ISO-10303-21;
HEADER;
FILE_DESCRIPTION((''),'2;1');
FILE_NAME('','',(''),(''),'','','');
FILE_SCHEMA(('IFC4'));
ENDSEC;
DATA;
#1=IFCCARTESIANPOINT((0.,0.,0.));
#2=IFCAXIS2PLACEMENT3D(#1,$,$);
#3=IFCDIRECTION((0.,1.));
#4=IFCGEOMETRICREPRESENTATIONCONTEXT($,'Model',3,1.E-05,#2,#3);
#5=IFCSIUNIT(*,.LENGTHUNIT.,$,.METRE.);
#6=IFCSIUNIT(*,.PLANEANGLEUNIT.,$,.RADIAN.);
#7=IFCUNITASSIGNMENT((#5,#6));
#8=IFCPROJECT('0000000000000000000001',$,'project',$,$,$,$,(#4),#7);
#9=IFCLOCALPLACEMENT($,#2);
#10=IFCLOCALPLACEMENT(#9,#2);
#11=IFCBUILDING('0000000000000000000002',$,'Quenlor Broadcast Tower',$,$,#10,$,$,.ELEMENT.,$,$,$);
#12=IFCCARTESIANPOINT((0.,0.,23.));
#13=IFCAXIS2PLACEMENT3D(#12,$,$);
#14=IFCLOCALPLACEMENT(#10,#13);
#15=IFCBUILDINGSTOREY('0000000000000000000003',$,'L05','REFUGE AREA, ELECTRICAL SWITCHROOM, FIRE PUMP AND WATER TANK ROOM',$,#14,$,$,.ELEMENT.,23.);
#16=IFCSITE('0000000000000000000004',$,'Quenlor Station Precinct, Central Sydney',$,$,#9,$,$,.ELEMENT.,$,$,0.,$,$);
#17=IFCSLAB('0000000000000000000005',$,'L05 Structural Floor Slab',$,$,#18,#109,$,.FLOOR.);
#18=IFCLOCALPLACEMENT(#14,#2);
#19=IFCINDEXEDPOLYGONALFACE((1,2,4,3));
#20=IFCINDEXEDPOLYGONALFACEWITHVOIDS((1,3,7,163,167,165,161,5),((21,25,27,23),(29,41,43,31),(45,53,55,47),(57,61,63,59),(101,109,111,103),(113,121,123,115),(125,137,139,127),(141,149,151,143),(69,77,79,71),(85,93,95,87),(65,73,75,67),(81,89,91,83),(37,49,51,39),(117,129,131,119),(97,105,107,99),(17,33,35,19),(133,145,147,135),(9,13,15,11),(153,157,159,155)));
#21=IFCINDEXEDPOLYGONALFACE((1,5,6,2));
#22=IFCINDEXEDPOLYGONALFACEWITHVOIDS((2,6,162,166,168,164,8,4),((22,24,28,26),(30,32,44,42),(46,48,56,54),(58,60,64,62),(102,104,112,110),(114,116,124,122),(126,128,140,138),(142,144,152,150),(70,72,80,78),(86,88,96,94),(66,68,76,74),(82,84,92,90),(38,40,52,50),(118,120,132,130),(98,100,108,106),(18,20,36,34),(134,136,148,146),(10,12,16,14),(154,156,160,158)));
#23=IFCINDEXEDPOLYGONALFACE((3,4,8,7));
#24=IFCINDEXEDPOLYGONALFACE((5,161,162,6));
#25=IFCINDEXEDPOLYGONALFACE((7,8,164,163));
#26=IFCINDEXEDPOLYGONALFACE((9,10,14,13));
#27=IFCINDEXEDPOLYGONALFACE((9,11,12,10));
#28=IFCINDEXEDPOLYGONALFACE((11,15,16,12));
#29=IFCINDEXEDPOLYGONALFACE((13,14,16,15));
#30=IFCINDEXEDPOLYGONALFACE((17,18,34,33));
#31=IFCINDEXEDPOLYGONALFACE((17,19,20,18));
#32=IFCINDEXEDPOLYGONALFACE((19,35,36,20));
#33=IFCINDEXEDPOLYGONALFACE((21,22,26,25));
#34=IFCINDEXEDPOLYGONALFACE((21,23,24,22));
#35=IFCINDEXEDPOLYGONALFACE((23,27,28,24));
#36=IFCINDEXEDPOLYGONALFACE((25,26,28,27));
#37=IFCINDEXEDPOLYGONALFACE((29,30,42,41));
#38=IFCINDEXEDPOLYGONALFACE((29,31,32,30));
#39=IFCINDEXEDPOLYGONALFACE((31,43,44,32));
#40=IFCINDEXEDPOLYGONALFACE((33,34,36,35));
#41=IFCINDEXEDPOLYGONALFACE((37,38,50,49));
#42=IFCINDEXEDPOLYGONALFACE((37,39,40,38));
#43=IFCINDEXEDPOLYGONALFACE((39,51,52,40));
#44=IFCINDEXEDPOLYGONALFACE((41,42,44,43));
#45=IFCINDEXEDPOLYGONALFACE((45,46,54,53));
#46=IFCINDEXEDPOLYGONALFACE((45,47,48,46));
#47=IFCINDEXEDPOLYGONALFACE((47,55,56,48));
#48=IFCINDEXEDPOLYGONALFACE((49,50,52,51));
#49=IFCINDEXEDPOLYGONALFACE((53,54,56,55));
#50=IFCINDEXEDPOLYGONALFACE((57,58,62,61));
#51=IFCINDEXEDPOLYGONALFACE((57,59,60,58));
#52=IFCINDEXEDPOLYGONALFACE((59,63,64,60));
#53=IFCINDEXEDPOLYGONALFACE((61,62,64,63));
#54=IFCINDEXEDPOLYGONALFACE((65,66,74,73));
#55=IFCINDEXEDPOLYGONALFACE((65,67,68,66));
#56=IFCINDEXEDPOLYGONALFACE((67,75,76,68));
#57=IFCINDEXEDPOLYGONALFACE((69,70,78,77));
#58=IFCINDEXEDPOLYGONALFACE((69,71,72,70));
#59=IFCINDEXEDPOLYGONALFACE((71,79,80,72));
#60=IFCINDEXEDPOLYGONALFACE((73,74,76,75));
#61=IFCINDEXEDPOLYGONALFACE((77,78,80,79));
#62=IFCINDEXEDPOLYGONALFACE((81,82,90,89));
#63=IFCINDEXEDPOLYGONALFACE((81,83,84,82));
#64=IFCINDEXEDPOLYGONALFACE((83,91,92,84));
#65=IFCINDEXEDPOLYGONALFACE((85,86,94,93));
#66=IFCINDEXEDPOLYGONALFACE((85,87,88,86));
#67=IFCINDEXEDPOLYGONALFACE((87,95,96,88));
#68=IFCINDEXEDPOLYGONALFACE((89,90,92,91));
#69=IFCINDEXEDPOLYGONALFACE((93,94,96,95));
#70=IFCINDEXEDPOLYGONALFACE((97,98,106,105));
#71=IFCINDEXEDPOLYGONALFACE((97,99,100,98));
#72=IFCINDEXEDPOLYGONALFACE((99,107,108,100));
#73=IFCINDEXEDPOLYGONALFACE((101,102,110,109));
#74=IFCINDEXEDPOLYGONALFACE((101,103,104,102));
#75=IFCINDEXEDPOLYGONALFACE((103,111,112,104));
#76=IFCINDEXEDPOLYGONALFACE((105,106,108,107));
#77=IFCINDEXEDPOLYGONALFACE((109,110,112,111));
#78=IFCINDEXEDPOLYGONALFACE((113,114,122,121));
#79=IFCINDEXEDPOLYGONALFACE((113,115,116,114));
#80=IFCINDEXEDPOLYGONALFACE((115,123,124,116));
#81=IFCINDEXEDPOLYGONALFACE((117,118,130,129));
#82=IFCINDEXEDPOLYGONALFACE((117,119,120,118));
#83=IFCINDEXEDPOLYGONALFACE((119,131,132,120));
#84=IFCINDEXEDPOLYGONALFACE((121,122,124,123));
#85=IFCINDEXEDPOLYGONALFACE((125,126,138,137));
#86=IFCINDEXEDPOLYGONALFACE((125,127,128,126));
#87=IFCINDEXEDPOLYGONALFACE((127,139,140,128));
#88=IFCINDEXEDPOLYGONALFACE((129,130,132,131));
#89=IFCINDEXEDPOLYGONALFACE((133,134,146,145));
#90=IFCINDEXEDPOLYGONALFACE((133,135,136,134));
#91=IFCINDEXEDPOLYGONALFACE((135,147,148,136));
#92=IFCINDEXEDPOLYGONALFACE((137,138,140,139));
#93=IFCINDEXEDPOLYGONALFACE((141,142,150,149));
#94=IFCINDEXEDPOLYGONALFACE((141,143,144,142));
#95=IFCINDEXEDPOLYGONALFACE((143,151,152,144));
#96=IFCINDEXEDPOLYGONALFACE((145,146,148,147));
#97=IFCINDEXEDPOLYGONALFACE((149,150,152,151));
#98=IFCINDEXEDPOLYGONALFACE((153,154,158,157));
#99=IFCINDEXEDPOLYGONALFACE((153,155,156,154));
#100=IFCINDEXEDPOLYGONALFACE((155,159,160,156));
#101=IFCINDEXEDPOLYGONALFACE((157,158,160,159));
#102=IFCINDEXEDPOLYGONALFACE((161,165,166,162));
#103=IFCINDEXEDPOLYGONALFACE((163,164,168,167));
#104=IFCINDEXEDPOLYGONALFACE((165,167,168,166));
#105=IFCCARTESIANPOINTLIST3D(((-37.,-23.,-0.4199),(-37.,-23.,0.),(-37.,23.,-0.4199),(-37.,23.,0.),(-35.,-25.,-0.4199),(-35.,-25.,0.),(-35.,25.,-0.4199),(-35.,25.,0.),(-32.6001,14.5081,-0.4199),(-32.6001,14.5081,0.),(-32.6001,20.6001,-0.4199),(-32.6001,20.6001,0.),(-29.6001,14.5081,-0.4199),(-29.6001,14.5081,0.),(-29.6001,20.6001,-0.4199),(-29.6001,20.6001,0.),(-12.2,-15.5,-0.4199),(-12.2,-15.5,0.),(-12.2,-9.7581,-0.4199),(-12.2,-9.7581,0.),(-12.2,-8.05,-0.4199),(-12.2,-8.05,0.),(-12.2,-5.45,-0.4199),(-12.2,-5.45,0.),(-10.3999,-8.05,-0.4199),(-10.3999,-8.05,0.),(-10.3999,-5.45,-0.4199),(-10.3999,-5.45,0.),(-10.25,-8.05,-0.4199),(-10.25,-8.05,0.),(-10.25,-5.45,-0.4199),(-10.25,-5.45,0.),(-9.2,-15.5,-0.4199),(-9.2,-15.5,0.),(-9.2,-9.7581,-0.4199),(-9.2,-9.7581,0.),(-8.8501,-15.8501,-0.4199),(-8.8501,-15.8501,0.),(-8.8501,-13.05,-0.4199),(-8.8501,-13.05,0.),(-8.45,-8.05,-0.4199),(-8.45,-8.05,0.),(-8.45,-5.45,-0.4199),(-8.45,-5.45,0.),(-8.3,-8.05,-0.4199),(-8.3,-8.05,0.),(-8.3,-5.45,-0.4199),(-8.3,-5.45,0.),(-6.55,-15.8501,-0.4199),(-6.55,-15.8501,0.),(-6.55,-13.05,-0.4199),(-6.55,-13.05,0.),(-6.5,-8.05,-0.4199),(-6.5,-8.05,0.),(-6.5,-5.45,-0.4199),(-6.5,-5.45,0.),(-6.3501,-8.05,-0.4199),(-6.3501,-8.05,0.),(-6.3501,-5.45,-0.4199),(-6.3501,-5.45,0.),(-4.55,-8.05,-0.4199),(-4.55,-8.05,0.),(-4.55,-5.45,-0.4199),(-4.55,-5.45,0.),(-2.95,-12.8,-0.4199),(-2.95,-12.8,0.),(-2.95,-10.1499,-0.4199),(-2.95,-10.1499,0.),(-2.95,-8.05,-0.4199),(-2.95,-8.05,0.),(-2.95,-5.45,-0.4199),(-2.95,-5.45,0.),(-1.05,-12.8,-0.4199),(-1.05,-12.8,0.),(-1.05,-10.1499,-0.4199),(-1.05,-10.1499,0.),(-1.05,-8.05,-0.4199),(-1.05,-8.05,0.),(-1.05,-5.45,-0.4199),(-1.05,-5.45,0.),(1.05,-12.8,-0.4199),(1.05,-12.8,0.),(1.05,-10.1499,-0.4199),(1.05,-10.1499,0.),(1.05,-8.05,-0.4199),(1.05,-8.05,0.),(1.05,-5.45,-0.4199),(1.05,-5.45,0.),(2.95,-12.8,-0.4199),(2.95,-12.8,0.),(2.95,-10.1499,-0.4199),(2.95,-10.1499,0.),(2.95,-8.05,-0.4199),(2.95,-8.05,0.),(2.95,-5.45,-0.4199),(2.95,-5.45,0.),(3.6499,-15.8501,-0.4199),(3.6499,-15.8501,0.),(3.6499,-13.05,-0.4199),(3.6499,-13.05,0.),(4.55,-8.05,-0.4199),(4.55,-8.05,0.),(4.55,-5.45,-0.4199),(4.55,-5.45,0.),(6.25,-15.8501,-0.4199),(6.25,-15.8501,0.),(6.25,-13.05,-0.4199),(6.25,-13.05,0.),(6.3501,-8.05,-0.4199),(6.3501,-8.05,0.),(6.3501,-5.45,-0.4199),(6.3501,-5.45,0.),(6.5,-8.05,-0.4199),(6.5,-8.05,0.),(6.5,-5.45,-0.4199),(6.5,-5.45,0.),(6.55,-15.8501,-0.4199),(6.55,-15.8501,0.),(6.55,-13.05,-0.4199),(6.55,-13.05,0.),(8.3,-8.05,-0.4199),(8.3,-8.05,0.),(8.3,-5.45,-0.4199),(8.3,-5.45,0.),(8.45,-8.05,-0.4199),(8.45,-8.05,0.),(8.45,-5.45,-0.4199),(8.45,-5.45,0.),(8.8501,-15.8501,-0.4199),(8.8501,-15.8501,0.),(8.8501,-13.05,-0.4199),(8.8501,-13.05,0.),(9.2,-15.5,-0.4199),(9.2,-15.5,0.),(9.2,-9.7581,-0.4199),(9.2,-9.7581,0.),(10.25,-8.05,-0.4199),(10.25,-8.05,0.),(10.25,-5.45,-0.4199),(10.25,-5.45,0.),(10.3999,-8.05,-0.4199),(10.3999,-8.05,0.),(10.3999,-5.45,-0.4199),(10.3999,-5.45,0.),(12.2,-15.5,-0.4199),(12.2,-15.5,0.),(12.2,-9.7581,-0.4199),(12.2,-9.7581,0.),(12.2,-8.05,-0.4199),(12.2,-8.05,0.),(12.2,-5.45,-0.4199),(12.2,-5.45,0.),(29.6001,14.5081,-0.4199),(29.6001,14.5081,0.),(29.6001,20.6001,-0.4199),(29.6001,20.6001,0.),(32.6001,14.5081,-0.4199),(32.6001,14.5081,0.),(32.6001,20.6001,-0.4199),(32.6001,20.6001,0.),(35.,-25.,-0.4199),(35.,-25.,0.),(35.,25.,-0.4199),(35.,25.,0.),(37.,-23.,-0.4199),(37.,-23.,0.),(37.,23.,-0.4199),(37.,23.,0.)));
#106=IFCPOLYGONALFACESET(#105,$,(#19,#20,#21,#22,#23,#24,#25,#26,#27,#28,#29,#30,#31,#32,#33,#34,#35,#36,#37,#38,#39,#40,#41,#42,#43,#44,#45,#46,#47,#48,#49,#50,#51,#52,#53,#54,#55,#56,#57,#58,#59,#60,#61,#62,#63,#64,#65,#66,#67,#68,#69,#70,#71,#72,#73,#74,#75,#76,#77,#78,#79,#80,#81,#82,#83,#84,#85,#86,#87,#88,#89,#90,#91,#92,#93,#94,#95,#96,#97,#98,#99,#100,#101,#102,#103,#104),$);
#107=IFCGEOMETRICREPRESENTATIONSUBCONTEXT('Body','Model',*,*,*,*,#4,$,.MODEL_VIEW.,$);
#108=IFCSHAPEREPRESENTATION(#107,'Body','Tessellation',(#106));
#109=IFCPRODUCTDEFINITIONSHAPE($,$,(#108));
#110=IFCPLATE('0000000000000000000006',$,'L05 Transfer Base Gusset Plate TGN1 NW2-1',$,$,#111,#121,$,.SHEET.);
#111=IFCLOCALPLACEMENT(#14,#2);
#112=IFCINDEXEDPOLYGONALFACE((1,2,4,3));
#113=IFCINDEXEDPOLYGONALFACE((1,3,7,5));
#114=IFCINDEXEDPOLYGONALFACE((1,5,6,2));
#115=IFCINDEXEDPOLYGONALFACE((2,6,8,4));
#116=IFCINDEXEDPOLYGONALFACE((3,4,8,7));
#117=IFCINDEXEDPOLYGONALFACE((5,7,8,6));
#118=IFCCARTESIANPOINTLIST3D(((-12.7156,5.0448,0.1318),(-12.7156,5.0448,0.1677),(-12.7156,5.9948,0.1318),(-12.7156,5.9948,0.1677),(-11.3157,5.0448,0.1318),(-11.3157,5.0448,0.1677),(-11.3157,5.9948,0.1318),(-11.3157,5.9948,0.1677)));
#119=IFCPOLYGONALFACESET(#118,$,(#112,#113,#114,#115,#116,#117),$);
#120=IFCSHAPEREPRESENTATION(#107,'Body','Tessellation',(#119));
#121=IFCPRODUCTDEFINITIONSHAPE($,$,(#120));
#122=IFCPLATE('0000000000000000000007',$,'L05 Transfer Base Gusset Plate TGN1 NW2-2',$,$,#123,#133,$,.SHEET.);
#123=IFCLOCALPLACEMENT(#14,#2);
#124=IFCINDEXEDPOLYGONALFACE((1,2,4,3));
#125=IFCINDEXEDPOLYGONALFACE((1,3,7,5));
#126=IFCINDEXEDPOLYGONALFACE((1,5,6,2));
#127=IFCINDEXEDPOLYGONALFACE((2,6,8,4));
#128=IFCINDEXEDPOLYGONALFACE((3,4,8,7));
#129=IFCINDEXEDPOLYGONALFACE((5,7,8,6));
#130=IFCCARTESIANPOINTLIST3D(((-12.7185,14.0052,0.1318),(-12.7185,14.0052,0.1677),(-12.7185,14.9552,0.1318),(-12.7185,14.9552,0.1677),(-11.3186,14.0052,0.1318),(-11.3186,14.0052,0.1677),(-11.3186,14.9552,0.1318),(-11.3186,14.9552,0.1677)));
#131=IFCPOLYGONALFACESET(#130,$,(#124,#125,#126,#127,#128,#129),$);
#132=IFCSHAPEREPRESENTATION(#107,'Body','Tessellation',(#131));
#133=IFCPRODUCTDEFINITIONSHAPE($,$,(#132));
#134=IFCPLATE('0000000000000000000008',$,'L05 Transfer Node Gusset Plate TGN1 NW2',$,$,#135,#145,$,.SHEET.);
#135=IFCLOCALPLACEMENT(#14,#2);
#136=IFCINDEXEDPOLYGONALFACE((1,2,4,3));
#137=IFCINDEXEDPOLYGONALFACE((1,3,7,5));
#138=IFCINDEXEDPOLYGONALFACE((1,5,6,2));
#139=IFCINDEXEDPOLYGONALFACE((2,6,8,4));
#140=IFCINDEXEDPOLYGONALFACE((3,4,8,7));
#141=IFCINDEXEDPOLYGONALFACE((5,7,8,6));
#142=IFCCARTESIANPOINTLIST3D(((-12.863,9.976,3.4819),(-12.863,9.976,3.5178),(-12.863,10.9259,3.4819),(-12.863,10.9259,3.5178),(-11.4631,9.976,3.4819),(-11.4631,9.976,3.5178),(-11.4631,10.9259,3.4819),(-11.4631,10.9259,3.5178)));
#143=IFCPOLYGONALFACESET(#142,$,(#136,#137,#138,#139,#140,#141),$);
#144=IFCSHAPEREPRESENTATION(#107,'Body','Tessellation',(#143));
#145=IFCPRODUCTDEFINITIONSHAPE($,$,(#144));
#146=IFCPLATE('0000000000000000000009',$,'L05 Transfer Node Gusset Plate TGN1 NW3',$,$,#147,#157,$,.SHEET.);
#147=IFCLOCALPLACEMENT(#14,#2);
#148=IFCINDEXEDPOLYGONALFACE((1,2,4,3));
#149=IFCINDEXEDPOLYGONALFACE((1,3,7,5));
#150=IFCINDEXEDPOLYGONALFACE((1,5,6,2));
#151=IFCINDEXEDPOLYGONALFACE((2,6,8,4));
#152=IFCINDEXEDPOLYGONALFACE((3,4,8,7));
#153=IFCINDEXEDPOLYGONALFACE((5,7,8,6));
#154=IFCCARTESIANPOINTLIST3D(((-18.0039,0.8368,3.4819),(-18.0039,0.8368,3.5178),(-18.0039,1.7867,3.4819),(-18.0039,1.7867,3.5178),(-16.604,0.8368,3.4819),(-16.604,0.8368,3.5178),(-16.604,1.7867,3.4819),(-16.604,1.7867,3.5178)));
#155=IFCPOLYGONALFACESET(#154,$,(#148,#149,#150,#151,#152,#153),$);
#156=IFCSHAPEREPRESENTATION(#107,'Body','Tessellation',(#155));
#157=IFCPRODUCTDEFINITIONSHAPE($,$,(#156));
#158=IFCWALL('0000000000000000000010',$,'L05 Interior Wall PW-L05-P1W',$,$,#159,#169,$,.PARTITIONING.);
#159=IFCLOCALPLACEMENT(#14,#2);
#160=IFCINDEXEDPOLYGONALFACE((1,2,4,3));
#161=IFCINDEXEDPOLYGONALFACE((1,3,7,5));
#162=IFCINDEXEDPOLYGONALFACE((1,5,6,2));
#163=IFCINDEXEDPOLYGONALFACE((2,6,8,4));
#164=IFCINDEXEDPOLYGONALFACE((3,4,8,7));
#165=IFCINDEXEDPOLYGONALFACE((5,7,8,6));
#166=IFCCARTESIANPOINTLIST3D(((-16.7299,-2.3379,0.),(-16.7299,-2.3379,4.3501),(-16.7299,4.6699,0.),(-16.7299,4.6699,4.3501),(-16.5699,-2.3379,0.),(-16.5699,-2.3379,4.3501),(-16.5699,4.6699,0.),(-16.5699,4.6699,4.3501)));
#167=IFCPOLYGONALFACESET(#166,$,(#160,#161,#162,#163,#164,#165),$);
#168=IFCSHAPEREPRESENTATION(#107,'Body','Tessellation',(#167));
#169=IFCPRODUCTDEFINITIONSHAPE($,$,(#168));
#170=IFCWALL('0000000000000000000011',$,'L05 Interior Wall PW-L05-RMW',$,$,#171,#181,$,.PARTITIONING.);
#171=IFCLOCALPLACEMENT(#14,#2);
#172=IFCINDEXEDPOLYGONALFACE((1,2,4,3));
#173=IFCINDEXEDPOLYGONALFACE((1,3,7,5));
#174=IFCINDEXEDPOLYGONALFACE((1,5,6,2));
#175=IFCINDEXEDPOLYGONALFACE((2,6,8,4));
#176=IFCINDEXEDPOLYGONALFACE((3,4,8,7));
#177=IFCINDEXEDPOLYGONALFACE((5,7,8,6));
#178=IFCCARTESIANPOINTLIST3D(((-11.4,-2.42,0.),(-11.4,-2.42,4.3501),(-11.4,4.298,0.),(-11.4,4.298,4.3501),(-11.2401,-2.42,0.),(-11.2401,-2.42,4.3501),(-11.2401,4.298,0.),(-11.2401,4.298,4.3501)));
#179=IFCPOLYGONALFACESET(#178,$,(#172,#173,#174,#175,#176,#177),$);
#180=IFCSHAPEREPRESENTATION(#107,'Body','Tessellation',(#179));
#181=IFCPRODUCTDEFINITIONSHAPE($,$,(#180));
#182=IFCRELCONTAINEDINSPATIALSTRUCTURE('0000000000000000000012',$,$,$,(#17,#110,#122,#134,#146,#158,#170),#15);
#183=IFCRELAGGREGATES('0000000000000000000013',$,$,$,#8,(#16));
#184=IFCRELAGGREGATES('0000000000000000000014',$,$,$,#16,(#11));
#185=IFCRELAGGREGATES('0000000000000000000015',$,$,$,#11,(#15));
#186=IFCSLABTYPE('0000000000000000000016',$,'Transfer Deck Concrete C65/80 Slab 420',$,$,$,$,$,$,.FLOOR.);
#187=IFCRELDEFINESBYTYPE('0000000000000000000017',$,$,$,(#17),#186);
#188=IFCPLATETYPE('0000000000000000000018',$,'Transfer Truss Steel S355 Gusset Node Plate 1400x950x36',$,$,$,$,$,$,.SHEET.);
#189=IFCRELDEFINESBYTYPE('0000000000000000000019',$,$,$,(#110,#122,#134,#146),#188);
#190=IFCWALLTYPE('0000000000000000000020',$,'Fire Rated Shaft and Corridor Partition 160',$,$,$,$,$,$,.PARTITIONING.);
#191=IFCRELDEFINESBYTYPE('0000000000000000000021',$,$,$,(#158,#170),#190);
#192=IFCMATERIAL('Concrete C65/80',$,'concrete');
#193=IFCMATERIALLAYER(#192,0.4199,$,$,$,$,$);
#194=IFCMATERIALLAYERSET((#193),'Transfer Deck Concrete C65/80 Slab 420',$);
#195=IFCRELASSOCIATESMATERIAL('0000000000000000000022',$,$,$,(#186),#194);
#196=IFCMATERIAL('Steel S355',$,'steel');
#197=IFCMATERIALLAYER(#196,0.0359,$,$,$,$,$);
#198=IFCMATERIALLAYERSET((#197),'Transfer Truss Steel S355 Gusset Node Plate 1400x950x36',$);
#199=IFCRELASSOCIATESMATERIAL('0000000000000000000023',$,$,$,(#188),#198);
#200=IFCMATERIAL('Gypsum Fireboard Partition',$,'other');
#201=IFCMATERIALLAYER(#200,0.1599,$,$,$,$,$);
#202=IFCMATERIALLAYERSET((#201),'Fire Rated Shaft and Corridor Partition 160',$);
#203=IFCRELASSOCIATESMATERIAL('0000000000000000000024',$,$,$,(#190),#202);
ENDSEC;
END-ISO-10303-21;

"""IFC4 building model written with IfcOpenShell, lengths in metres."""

from ifc_helpers import new_model, si_unit, direction, frame, frame_2d, origin, origin_2d, place, context, subcontext, project, spatial, polyline, rectangle, outline, extrude, material, layer, layer_set, type_object, element, save


model = new_model("IFC4")

# Units and contexts
model_context = context("Model", 3, precision=1e-05, world=origin(), true_north=direction((0.0, 1.0)))
body_context = subcontext(model_context, "Body", "Model", "MODEL_VIEW")
ifc_project = project(units=[si_unit("LENGTHUNIT", "METRE"), si_unit("PLANEANGLEUNIT", "RADIAN")], contexts=[model_context])

# Site, building, storey
site_placement = place(None, origin())
site = spatial("IfcSite", under=ifc_project, at=site_placement, Name="Quenlor Station Precinct, Central Sydney", CompositionType="ELEMENT", RefElevation=0.0)
building_placement = place(site_placement, origin())
building = spatial("IfcBuilding", under=site, at=building_placement, Name="Quenlor Broadcast Tower", CompositionType="ELEMENT")
storey_placement = place(building_placement, frame((0.0, 0.0, 23.0)))
storey = spatial("IfcBuildingStorey", under=building, at=storey_placement, Name="L05", Description="REFUGE AREA, ELECTRICAL SWITCHROOM, FIRE PUMP AND WATER TANK ROOM", CompositionType="ELEMENT", Elevation=23.0)

# Slab
ifc_material_1 = material(Name="Concrete C65/80", Category="concrete")
ifc_layer_1 = layer(ifc_material_1, 0.4199)
ifc_layer_set_1 = layer_set([ifc_layer_1], Name="Transfer Deck Concrete C65/80 Slab 420")
slab_type = type_object("IfcSlabType", Name="Transfer Deck Concrete C65/80 Slab 420", PredefinedType="FLOOR", material=ifc_layer_set_1)
slab_placement = place(storey_placement, frame((0.0, 0.0, -0.4199)))
element("IfcSlab", 1, at=slab_placement, inside=storey, type_object=slab_type, Name="L05 Structural Floor Slab", PredefinedType="FLOOR", context=body_context, shape_type="SweptSolid", body=[
    extrude(outline(polyline([(-35.0, -25.0), (35.0, -25.0), (37.0, -23.0), (37.0, 23.0), (35.0, 25.0), (-35.0, 25.0), (-37.0, 23.0), (-37.0, -23.0), (-35.0, -25.0)]), holes=[polyline([(-12.2, -9.7581), (-12.2, -15.5), (-9.2, -15.5), (-9.2, -9.7581), (-12.2, -9.7581)]), polyline([(9.2, -9.7581), (9.2, -15.5), (12.2, -15.5), (12.2, -9.7581), (9.2, -9.7581)]), polyline([(-29.6001, 14.5081), (-29.6001, 20.6001), (-32.6001, 20.6001), (-32.6001, 14.5081), (-29.6001, 14.5081)]), polyline([(32.6001, 14.5081), (32.6001, 20.6001), (29.6001, 20.6001), (29.6001, 14.5081), (32.6001, 14.5081)]), polyline([(-12.2, -8.05), (-10.3999, -8.05), (-10.3999, -5.45), (-12.2, -5.45), (-12.2, -8.05)]), polyline([(-10.25, -8.05), (-8.45, -8.05), (-8.45, -5.45), (-10.25, -5.45), (-10.25, -8.05)]), polyline([(-8.3, -8.05), (-6.5, -8.05), (-6.5, -5.45), (-8.3, -5.45), (-8.3, -8.05)]), polyline([(-6.3501, -8.05), (-4.55, -8.05), (-4.55, -5.45), (-6.3501, -5.45), (-6.3501, -8.05)]), polyline([(-2.95, -8.05), (-1.05, -8.05), (-1.05, -5.45), (-2.95, -5.45), (-2.95, -8.05)]), polyline([(1.05, -8.05), (2.95, -8.05), (2.95, -5.45), (1.05, -5.45), (1.05, -8.05)]), polyline([(-2.95, -12.8), (-1.05, -12.8), (-1.05, -10.1499), (-2.95, -10.1499), (-2.95, -12.8)]), polyline([(1.05, -12.8), (2.95, -12.8), (2.95, -10.1499), (1.05, -10.1499), (1.05, -12.8)]), polyline([(4.55, -8.05), (6.3501, -8.05), (6.3501, -5.45), (4.55, -5.45), (4.55, -8.05)]), polyline([(6.5, -8.05), (8.3, -8.05), (8.3, -5.45), (6.5, -5.45), (6.5, -8.05)]), polyline([(8.45, -8.05), (10.25, -8.05), (10.25, -5.45), (8.45, -5.45), (8.45, -8.05)]), polyline([(10.3999, -8.05), (12.2, -8.05), (12.2, -5.45), (10.3999, -5.45), (10.3999, -8.05)]), polyline([(-8.8501, -15.8501), (-6.55, -15.8501), (-6.55, -13.05), (-8.8501, -13.05), (-8.8501, -15.8501)]), polyline([(6.55, -15.8501), (8.8501, -15.8501), (8.8501, -13.05), (6.55, -13.05), (6.55, -15.8501)]), polyline([(3.6499, -15.8501), (6.25, -15.8501), (6.25, -13.05), (3.6499, -13.05), (3.6499, -15.8501)])]), origin(), (0.0, 0.0, 1.0), 0.4199),
])

# Plates
ifc_material_2 = material(Name="Steel S355", Category="steel")
ifc_layer_2 = layer(ifc_material_2, 0.0359)
ifc_layer_set_2 = layer_set([ifc_layer_2], Name="Transfer Truss Steel S355 Gusset Node Plate 1400x950x36")
plate_type = type_object("IfcPlateType", Name="Transfer Truss Steel S355 Gusset Node Plate 1400x950x36", PredefinedType="SHEET", material=ifc_layer_set_2)
for number, where, z_axis, x_axis, name in (
    (2, (-12.0156, 5.5198, 0.1318), (0.0, 0.0, 1.0), (1.0, 0.0, 0.0), "L05 Transfer Base Gusset Plate TGN1 NW2-1"),
    (3, (-12.0186, 14.4802, 0.1318), (0.0, 0.0, 1.0), (1.0, 0.0, 0.0), "L05 Transfer Base Gusset Plate TGN1 NW2-2"),
    (4, (-12.1631, 10.4509, 3.4819), (0.0, 0.0, 1.0), (1.0, 0.0, 0.0), "L05 Transfer Node Gusset Plate TGN1 NW2"),
    (5, (-17.304, 1.3118, 3.4819), (0.0, 0.0, 1.0), (1.0, 0.0, 0.0), "L05 Transfer Node Gusset Plate TGN1 NW3"),
):
    element("IfcPlate", number, at=place(storey_placement, frame(where, z_axis=z_axis, x_axis=x_axis)), inside=storey, type_object=plate_type, Name=name, PredefinedType="SHEET", context=body_context, shape_type="SweptSolid", body=[
        extrude(rectangle(XDim=1.3999, YDim=0.95, at=origin_2d()), origin(), (0.0, 0.0, 1.0), 0.0359),
    ])

# Walls
ifc_material_3 = material(Name="Gypsum Fireboard Partition", Category="other")
ifc_layer_3 = layer(ifc_material_3, 0.1599)
ifc_layer_set_3 = layer_set([ifc_layer_3], Name="Fire Rated Shaft and Corridor Partition 160")
wall_type_1 = type_object("IfcWallType", Name="Fire Rated Shaft and Corridor Partition 160", PredefinedType="PARTITIONING", material=ifc_layer_set_3)
wall_1_placement = place(storey_placement, frame((-16.6499, -2.3379, 0.0), z_axis=(0.0, 0.0, 1.0), x_axis=(0.0, 1.0, 0.0)))
element("IfcWall", 6, at=wall_1_placement, inside=storey, type_object=wall_type_1, Name="L05 Interior Wall PW-L05-P1W", PredefinedType="PARTITIONING", context=body_context, shape_type="SweptSolid", body=[
    extrude(rectangle(XDim=7.0078, YDim=0.1599, at=frame_2d((3.5039, 0.0))), origin(), (0.0, 0.0, 1.0), 4.3501),
])
wall_2_placement = place(storey_placement, frame((-11.3201, -2.4199, 0.0), z_axis=(0.0, 0.0, 1.0), x_axis=(0.0, 1.0, 0.0)))
element("IfcWall", 7, at=wall_2_placement, inside=storey, type_object=wall_type_1, Name="L05 Interior Wall PW-L05-RMW", PredefinedType="PARTITIONING", context=body_context, shape_type="SweptSolid", body=[
    extrude(rectangle(XDim=6.718, YDim=0.1599, at=frame_2d((3.3589, 0.0))), origin(), (0.0, 0.0, 1.0), 4.3501),
])

save(model, "model.ifc")
